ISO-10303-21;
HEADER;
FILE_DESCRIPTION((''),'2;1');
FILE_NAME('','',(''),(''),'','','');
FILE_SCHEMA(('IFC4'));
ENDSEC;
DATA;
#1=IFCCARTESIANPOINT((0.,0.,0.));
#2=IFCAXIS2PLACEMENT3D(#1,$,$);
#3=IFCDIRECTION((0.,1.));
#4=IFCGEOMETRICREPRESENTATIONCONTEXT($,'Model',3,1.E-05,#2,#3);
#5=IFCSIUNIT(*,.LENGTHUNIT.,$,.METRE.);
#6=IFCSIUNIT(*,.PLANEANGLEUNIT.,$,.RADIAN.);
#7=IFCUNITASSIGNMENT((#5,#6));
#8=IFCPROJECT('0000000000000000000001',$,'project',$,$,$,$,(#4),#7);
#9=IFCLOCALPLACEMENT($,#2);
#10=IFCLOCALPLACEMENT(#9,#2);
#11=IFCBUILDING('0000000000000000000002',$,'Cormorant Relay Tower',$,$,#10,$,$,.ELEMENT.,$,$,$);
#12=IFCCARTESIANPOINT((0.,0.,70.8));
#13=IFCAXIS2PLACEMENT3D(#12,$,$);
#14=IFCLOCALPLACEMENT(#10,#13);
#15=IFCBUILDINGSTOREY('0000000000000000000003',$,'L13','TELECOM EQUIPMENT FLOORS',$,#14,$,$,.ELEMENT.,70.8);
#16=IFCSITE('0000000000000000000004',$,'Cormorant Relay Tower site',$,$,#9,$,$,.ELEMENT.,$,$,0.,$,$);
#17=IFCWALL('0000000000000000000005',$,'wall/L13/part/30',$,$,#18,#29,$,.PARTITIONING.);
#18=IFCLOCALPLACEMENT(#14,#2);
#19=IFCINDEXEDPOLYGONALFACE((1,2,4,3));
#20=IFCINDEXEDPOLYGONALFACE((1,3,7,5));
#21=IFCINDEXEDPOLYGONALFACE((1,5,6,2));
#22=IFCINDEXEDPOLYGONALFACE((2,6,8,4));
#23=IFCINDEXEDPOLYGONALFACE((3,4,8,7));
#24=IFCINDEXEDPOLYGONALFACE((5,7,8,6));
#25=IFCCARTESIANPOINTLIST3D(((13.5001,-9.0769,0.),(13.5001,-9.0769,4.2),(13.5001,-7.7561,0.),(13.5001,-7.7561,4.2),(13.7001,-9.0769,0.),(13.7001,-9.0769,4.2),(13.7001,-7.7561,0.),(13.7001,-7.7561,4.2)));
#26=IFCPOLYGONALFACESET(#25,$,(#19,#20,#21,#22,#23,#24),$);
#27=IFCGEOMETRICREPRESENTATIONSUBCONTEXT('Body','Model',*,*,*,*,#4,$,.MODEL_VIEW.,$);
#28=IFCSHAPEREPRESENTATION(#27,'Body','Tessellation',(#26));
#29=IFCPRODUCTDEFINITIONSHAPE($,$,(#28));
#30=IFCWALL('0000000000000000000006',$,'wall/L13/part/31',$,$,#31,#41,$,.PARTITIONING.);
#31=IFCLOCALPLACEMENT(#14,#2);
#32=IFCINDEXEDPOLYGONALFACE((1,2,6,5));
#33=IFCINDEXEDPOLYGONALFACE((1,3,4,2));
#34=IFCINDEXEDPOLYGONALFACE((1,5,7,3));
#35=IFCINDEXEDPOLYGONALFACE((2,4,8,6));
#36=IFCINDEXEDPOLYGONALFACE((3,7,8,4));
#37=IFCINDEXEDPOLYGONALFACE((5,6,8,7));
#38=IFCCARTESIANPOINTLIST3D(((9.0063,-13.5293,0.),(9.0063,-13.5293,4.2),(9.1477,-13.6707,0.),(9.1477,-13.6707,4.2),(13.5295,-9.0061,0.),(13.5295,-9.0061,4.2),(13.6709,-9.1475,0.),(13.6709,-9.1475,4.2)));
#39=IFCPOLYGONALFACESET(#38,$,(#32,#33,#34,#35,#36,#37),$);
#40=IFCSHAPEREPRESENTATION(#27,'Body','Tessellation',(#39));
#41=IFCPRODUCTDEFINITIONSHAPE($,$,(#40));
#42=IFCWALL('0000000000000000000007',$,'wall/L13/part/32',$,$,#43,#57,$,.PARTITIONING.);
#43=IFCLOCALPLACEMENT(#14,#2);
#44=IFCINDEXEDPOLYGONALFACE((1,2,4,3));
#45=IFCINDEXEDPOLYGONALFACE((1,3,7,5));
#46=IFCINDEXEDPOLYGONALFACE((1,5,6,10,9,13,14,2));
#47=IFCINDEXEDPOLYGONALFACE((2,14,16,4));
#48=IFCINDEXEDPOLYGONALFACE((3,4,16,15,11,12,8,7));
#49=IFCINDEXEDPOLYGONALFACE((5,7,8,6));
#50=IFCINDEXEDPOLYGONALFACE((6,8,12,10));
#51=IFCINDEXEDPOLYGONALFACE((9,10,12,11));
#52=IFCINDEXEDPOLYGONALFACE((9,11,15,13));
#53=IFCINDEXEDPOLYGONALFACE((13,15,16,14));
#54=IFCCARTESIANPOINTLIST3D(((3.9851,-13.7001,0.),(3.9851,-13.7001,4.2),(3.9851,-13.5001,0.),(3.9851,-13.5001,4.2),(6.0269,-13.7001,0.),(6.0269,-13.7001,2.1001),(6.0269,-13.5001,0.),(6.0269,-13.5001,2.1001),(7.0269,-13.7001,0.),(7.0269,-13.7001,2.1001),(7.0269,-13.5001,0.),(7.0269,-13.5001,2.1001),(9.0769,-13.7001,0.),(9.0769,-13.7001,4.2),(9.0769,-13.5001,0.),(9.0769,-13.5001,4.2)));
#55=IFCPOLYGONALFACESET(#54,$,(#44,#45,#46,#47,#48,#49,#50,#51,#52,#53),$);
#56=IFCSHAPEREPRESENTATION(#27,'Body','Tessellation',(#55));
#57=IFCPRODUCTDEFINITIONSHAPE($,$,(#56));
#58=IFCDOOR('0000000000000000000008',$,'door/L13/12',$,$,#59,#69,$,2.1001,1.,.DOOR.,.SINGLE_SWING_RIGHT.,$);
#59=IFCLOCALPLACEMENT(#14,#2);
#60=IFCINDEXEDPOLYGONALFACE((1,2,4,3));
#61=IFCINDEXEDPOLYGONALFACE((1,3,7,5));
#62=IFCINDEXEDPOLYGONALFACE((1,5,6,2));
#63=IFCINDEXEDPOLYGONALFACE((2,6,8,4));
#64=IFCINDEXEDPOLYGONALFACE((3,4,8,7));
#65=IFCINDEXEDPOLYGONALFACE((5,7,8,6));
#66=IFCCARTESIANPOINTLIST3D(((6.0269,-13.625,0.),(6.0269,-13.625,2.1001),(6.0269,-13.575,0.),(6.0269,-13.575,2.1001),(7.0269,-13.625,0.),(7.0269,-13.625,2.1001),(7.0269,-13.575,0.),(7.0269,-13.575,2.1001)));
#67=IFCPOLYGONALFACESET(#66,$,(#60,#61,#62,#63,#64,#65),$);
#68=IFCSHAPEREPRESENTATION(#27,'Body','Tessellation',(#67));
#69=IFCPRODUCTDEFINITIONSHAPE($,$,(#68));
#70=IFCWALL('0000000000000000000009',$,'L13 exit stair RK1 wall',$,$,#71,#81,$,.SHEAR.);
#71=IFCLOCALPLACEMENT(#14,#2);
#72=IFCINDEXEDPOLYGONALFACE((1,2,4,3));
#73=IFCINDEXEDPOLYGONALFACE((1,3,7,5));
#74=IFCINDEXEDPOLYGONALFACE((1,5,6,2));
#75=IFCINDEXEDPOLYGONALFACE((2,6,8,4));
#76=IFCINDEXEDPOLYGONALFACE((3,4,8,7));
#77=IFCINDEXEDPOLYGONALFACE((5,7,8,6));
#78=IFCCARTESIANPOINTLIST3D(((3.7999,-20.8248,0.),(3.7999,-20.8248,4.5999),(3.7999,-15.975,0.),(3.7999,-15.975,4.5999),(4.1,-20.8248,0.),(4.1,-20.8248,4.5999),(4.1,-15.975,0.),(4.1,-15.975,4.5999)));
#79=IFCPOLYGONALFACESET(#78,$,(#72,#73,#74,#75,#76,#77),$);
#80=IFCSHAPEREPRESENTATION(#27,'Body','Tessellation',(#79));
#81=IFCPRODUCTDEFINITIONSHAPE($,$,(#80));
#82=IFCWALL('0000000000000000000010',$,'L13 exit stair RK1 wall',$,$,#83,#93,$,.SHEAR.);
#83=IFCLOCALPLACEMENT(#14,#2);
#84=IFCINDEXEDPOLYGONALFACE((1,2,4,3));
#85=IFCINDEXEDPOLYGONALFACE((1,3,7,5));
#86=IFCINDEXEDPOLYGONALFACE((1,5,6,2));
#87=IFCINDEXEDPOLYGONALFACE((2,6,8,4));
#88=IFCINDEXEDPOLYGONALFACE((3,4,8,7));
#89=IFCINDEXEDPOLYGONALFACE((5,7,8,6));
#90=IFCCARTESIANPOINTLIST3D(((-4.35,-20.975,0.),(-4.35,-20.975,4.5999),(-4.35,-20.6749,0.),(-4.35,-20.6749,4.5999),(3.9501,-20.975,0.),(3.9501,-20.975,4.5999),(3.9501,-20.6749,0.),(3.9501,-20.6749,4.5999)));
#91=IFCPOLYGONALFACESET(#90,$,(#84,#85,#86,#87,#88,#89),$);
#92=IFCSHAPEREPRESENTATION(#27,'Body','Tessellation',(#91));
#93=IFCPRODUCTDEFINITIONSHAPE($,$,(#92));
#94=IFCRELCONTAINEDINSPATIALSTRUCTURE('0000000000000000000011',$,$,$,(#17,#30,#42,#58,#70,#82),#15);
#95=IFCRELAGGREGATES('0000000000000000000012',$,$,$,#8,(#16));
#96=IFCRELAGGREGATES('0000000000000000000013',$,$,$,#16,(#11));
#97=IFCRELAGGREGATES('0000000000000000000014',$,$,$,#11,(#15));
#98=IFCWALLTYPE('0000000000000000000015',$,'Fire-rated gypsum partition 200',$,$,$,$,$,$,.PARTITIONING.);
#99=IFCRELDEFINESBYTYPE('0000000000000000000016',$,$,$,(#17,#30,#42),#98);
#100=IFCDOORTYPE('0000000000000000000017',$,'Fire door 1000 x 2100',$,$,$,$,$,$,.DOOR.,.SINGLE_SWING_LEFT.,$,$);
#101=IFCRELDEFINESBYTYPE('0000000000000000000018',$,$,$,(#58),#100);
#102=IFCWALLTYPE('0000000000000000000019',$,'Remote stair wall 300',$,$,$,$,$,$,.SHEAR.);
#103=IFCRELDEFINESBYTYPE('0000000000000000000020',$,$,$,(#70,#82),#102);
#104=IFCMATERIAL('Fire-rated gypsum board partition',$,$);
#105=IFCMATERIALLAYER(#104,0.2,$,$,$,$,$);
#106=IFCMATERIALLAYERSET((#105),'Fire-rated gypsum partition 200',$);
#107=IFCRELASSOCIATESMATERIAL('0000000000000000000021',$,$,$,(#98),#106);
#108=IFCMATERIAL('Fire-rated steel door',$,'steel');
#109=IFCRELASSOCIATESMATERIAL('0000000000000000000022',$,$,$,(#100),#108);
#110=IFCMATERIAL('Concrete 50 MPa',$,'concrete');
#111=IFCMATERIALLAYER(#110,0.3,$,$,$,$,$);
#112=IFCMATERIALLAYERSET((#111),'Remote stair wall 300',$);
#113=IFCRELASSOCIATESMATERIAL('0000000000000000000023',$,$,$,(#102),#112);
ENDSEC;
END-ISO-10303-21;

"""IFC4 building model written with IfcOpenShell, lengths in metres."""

from ifc_helpers import new_model, si_unit, direction, frame, frame_2d, origin, place, context, subcontext, project, spatial, rectangle, extrude, material, layer, layer_set, type_object, element, fill, save


model = new_model("IFC4")

# Units and contexts
model_context = context("Model", 3, precision=1e-05, world=origin(), true_north=direction((0.0, 1.0)))
body_context = subcontext(model_context, "Body", "Model", "MODEL_VIEW")
ifc_project = project(units=[si_unit("LENGTHUNIT", "METRE"), si_unit("PLANEANGLEUNIT", "RADIAN")], contexts=[model_context])

# Site, building, storey
site_placement = place(None, origin())
site = spatial("IfcSite", under=ifc_project, at=site_placement, Name="Cormorant Relay Tower site", CompositionType="ELEMENT", RefElevation=0.0)
building_placement = place(site_placement, origin())
building = spatial("IfcBuilding", under=site, at=building_placement, Name="Cormorant Relay Tower", CompositionType="ELEMENT")
storey_placement = place(building_placement, frame((0.0, 0.0, 70.8)))
storey = spatial("IfcBuildingStorey", under=building, at=storey_placement, Name="L13", Description="TELECOM EQUIPMENT FLOORS", CompositionType="ELEMENT", Elevation=70.8)

# Walls
ifc_material_1 = material(Name="Fire-rated gypsum board partition")
ifc_layer_1 = layer(ifc_material_1, 0.2)
ifc_layer_set_1 = layer_set([ifc_layer_1], Name="Fire-rated gypsum partition 200")
wall_type_1 = type_object("IfcWallType", Name="Fire-rated gypsum partition 200", PredefinedType="PARTITIONING", material=ifc_layer_set_1)
wall_1_placement = place(storey_placement, frame((13.6001, -7.7561, 0.0), z_axis=(0.0, 0.0, 1.0), x_axis=(0.0, -1.0, 0.0)))
element("IfcWall", 1, at=wall_1_placement, inside=storey, type_object=wall_type_1, Name="wall/L13/part/30", PredefinedType="PARTITIONING", context=body_context, shape_type="SweptSolid", body=[
    extrude(rectangle(XDim=1.3208, YDim=0.2, at=frame_2d((0.6604, 0.0))), origin(), (0.0, 0.0, 1.0), 4.2),
])
wall_2_placement = place(storey_placement, frame((13.6001, -9.0769, 0.0), z_axis=(0.0, 0.0, 1.0), x_axis=(-0.707107, -0.707107, 0.0)))
element("IfcWall", 2, at=wall_2_placement, inside=storey, type_object=wall_type_1, Name="wall/L13/part/31", PredefinedType="PARTITIONING", context=body_context, shape_type="SweptSolid", body=[
    extrude(rectangle(XDim=6.3967, YDim=0.2, at=frame_2d((3.1982, 0.0))), origin(), (0.0, 0.0, 1.0), 4.2),
])

# Wall, opening, door
wall_3_placement = place(storey_placement, frame((9.0769, -13.6001, 0.0), z_axis=(0.0, 0.0, 1.0), x_axis=(-1.0, 0.0, 0.0)))
wall_3 = element("IfcWall", 3, at=wall_3_placement, inside=storey, type_object=wall_type_1, Name="wall/L13/part/32", PredefinedType="PARTITIONING", context=body_context, shape_type="SweptSolid", body=[
    extrude(rectangle(XDim=5.0918, YDim=0.2, at=frame_2d((2.5459, 0.0))), origin(), (0.0, 0.0, 1.0), 4.2),
])
opening_placement = place(wall_3_placement, frame((2.05, 0.0, 0.0)))
opening = element("IfcOpeningElement", 4, at=opening_placement, cuts=wall_3, PredefinedType="OPENING", context=body_context, shape_type="SweptSolid", body=[
    extrude(rectangle(XDim=1.0, YDim=2.1001, at=frame_2d((0.5, 1.05))), frame((0.0, 0.1099, 0.0), z_axis=(0.0, -1.0, 0.0), x_axis=(1.0, 0.0, 0.0)), (0.0, 0.0, 1.0), 0.22),
])
ifc_material_2 = material(Name="Fire-rated steel door", Category="steel")
door_type = type_object("IfcDoorType", Name="Fire door 1000 x 2100", OperationType="SINGLE_SWING_LEFT", PredefinedType="DOOR", material=ifc_material_2)
door_placement = place(opening_placement, origin())
door = element("IfcDoor", 5, at=door_placement, inside=storey, type_object=door_type, Name="door/L13/12", OperationType="SINGLE_SWING_RIGHT", OverallHeight=2.1001, OverallWidth=1.0, PredefinedType="DOOR", context=body_context, shape_type="SweptSolid", body=[
    extrude(rectangle(XDim=1.0, YDim=2.1001, at=frame_2d((0.5, 1.05))), frame((0.0, 0.0249, 0.0), z_axis=(0.0, -1.0, 0.0), x_axis=(1.0, 0.0, 0.0)), (0.0, 0.0, 1.0), 0.05),
])
fill(opening, door)

# Walls
ifc_material_3 = material(Name="Concrete 50 MPa", Category="concrete")
ifc_layer_2 = layer(ifc_material_3, 0.3)
ifc_layer_set_2 = layer_set([ifc_layer_2], Name="Remote stair wall 300")
wall_type_2 = type_object("IfcWallType", Name="Remote stair wall 300", PredefinedType="SHEAR", material=ifc_layer_set_2)
wall_4_placement = place(storey_placement, frame((3.95, -15.9751, 0.0), z_axis=(0.0, 0.0, 1.0), x_axis=(0.0, -1.0, 0.0)))
element("IfcWall", 6, at=wall_4_placement, inside=storey, type_object=wall_type_2, Name="L13 exit stair RK1 wall", PredefinedType="SHEAR", context=body_context, shape_type="SweptSolid", body=[
    extrude(rectangle(XDim=4.8499, YDim=0.3, at=frame_2d((2.4248, 0.0))), origin(), (0.0, 0.0, 1.0), 4.5999),
])
wall_5_placement = place(storey_placement, frame((3.95, -20.825, 0.0), z_axis=(0.0, 0.0, 1.0), x_axis=(-1.0, 0.0, 0.0)))
element("IfcWall", 7, at=wall_5_placement, inside=storey, type_object=wall_type_2, Name="L13 exit stair RK1 wall", PredefinedType="SHEAR", context=body_context, shape_type="SweptSolid", body=[
    extrude(rectangle(XDim=8.3, YDim=0.3, at=frame_2d((4.1499, 0.0))), origin(), (0.0, 0.0, 1.0), 4.5999),
])

save(model, "model.ifc")
